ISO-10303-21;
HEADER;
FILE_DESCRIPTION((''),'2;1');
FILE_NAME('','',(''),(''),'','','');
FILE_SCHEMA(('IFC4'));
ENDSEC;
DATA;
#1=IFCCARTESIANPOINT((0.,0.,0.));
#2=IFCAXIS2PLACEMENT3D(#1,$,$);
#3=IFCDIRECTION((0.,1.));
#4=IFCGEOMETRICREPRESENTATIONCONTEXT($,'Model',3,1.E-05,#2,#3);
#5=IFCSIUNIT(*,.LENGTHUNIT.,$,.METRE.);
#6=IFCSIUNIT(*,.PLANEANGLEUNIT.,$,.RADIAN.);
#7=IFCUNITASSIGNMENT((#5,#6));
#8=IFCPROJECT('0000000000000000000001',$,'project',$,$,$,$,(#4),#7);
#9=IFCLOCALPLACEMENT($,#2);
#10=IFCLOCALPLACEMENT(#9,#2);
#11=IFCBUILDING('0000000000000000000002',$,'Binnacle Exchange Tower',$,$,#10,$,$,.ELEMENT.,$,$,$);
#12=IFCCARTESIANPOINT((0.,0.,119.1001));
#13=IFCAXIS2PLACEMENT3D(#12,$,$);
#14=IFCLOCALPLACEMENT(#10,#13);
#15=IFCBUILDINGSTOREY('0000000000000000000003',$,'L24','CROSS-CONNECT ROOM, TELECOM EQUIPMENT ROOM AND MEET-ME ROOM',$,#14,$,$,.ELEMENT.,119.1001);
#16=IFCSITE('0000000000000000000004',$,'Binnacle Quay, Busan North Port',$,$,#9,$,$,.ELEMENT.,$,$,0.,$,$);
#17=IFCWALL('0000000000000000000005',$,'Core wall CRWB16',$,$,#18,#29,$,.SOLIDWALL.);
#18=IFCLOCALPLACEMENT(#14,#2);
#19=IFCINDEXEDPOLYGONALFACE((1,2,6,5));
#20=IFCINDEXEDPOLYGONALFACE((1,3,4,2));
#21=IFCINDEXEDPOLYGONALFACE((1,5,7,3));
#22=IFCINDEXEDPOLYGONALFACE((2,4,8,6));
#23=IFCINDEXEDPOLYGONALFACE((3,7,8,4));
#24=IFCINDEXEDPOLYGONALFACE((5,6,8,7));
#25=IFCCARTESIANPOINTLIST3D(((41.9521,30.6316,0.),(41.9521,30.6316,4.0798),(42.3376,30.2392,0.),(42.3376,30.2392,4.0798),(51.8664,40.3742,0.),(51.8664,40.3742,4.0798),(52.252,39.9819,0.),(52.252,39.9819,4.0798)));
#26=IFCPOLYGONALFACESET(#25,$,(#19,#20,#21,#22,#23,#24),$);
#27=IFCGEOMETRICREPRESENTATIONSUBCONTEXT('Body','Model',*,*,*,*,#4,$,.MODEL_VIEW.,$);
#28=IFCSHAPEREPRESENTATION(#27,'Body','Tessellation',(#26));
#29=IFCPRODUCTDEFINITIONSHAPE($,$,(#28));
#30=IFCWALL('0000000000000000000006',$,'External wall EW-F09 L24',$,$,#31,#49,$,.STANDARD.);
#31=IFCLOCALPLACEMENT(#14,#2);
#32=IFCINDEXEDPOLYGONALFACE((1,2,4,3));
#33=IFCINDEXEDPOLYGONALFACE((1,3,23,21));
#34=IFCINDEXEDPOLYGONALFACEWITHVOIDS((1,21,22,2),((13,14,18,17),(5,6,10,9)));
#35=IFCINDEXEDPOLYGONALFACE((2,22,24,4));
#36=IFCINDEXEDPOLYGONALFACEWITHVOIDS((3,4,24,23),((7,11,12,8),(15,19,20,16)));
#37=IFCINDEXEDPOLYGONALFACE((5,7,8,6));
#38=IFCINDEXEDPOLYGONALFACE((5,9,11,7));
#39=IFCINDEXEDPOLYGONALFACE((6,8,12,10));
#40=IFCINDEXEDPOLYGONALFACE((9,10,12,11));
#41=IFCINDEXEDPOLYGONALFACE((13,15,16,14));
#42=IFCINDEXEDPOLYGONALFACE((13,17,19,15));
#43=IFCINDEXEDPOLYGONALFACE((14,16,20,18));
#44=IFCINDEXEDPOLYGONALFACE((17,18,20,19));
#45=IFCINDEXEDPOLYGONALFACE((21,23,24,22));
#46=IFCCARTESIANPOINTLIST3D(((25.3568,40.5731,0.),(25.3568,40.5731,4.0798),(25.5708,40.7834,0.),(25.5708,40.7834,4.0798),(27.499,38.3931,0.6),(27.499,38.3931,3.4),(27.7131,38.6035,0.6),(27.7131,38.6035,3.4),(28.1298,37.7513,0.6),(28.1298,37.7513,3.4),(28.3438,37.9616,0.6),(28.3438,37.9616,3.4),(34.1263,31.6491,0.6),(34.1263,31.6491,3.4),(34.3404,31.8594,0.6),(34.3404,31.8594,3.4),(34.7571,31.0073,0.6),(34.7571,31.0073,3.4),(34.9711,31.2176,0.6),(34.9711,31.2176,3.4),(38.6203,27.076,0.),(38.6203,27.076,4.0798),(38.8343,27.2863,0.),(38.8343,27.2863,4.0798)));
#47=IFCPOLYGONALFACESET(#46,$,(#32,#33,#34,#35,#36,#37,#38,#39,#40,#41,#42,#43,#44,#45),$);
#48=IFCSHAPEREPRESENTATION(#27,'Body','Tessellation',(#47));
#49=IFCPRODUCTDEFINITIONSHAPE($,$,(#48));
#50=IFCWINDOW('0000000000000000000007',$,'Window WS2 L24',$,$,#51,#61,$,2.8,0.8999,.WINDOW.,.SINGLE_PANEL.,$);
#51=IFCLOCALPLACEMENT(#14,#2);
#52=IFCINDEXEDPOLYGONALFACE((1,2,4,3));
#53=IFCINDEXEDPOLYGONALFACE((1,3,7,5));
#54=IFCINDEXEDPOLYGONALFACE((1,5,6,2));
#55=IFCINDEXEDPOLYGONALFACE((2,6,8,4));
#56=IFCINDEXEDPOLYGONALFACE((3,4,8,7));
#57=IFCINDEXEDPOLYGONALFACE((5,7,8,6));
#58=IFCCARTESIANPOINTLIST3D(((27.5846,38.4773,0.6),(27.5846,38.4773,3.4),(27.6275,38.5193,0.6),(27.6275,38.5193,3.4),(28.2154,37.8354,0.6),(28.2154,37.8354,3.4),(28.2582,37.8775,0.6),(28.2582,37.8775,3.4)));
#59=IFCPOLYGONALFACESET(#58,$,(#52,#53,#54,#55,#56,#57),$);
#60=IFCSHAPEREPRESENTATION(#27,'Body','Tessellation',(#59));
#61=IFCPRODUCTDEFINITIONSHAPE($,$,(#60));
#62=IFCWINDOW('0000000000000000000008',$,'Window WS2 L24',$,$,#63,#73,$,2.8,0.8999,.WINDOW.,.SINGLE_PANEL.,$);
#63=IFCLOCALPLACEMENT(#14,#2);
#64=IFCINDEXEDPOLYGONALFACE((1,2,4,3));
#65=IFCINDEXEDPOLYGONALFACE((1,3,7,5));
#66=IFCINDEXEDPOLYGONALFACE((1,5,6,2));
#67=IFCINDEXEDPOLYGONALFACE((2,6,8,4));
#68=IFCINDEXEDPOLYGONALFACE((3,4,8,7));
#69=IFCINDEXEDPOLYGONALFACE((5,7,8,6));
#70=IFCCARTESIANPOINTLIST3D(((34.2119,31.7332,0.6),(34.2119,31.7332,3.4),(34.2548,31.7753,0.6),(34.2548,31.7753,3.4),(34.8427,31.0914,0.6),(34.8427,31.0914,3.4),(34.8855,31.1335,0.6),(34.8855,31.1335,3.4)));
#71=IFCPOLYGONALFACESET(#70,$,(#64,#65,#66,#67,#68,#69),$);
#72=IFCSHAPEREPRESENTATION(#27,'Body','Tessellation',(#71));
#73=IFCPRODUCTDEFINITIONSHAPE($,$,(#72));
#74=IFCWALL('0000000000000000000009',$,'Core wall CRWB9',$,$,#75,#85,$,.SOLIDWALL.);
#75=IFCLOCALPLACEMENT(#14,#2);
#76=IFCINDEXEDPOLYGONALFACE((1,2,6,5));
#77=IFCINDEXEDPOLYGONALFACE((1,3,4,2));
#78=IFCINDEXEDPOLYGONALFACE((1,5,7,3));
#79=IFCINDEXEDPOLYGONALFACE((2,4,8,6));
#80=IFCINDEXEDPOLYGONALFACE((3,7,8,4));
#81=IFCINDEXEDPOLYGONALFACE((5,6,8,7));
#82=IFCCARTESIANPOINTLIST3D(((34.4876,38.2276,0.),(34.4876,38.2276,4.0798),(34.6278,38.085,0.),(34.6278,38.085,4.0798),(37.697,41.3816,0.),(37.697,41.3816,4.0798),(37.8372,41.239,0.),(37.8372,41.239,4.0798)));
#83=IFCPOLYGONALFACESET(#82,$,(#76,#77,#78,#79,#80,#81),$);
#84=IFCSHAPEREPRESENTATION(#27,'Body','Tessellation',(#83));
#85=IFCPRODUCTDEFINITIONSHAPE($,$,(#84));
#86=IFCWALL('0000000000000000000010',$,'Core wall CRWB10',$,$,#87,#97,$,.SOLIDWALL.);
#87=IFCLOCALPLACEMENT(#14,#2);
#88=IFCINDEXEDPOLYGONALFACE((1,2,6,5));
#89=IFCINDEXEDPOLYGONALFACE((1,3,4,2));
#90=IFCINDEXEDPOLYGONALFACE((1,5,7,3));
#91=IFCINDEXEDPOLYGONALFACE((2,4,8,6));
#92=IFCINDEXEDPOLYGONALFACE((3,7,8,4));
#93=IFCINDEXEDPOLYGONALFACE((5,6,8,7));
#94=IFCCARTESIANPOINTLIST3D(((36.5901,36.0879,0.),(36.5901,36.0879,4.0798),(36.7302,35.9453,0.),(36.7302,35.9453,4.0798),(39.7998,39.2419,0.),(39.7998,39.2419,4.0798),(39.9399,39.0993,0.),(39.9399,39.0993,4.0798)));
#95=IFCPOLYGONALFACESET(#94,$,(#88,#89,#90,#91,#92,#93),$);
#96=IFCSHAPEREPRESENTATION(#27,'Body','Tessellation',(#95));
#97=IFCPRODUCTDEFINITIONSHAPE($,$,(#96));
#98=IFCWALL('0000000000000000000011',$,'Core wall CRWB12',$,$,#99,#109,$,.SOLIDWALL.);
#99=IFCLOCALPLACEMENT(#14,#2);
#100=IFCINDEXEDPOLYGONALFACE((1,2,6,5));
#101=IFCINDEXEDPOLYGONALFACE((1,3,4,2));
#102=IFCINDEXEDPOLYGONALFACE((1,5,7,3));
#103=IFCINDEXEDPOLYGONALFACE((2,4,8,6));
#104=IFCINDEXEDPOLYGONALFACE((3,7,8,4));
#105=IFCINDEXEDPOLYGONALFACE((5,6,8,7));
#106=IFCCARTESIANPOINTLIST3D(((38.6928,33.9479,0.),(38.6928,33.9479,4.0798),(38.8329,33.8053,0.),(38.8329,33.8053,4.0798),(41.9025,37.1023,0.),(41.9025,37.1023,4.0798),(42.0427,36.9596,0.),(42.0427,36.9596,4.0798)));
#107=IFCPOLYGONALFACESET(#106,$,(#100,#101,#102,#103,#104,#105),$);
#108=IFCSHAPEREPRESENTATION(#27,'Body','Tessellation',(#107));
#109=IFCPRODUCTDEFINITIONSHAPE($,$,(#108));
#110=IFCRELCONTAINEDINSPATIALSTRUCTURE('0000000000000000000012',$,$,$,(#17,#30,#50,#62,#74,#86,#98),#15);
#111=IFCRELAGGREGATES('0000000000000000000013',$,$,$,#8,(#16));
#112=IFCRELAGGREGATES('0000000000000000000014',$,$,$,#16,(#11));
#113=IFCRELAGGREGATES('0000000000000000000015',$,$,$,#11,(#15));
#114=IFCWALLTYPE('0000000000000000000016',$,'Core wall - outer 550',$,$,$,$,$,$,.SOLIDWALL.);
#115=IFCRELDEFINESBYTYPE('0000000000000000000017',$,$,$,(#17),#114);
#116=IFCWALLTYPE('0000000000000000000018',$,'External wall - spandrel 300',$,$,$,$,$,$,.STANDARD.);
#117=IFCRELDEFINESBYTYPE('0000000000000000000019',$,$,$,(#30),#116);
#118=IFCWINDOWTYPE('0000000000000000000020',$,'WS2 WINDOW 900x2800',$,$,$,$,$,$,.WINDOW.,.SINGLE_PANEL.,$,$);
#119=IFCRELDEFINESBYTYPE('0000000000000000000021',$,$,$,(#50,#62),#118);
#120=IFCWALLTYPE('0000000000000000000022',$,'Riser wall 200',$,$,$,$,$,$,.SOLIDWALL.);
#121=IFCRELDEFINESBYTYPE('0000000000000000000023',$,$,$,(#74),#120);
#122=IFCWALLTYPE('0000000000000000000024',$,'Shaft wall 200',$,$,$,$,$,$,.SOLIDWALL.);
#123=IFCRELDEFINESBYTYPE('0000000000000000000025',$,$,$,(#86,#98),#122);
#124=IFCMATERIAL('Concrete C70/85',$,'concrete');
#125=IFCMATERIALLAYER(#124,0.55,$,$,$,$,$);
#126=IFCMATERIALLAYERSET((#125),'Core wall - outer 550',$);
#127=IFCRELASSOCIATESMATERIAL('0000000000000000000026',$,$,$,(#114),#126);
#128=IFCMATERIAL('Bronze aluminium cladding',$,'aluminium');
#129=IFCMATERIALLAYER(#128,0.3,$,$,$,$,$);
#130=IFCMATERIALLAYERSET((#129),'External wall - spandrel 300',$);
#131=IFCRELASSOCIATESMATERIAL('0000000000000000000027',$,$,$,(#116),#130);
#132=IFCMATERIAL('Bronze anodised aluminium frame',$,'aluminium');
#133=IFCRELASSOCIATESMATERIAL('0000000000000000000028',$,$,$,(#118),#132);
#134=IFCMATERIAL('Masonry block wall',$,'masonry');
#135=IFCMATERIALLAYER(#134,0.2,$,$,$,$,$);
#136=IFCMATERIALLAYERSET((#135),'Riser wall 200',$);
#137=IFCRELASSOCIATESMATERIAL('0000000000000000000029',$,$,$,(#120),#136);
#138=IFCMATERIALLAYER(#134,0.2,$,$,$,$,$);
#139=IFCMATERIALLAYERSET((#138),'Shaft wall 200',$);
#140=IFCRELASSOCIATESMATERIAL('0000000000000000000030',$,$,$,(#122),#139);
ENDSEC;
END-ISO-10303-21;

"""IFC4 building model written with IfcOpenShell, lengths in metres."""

from ifc_helpers import new_model, si_unit, direction, frame, frame_2d, origin, place, context, subcontext, project, spatial, rectangle, extrude, material, layer, layer_set, type_object, element, fill, save


model = new_model("IFC4")

# Units and contexts
model_context = context("Model", 3, precision=1e-05, world=origin(), true_north=direction((0.0, 1.0)))
body_context = subcontext(model_context, "Body", "Model", "MODEL_VIEW")
ifc_project = project(units=[si_unit("LENGTHUNIT", "METRE"), si_unit("PLANEANGLEUNIT", "RADIAN")], contexts=[model_context])

# Site, building, storey
site_placement = place(None, origin())
site = spatial("IfcSite", under=ifc_project, at=site_placement, Name="Binnacle Quay, Busan North Port", CompositionType="ELEMENT", RefElevation=0.0)
building_placement = place(site_placement, origin())
building = spatial("IfcBuilding", under=site, at=building_placement, Name="Binnacle Exchange Tower", CompositionType="ELEMENT")
storey_placement = place(building_placement, frame((0.0, 0.0, 119.1001)))
storey = spatial("IfcBuildingStorey", under=building, at=storey_placement, Name="L24", Description="CROSS-CONNECT ROOM, TELECOM EQUIPMENT ROOM AND MEET-ME ROOM", CompositionType="ELEMENT", Elevation=119.1001)

# Shared definitions
ifc_material_1 = material(Name="Concrete C70/85", Category="concrete")

# Shared definitions
ifc_layer_1 = layer(ifc_material_1, 0.55)
ifc_layer_set_1 = layer_set([ifc_layer_1], Name="Core wall - outer 550")
wall_type_1 = type_object("IfcWallType", Name="Core wall - outer 550", PredefinedType="SOLIDWALL", material=ifc_layer_set_1)

# Wall
for number, where, z_axis, x_axis, name in (
    (1, (42.1448, 30.4353, 0.0), (0.0, 0.0, 1.0), (0.713254, 0.700906, 0.0), "Core wall CRWB16"),
):
    element("IfcWall", number, at=place(storey_placement, frame(where, z_axis=z_axis, x_axis=x_axis)), inside=storey, type_object=wall_type_1, Name=name, PredefinedType="SOLIDWALL", context=body_context, shape_type="SweptSolid", body=[
        extrude(rectangle(XDim=13.9001, YDim=0.55, at=frame_2d((6.9502, 0.0))), origin(), (0.0, 0.0, 1.0), 4.0798),
    ])

# Wall, openings, windows
ifc_material_2 = material(Name="Bronze aluminium cladding", Category="aluminium")
ifc_layer_2 = layer(ifc_material_2, 0.3)
ifc_layer_set_2 = layer_set([ifc_layer_2], Name="External wall - spandrel 300")
wall_type_2 = type_object("IfcWallType", Name="External wall - spandrel 300", PredefinedType="STANDARD", material=ifc_layer_set_2)
wall_1_placement = place(storey_placement, frame((38.7273, 27.1812, 0.0), z_axis=(0.0, 0.0, 1.0), x_axis=(-0.700906, 0.713253, 0.0)))
wall_1 = element("IfcWall", 2, at=wall_1_placement, inside=storey, type_object=wall_type_2, Name="External wall EW-F09 L24", PredefinedType="STANDARD", context=body_context, shape_type="SweptSolid", body=[
    extrude(rectangle(XDim=18.9233, YDim=0.3, at=frame_2d((9.4617, 0.0))), origin(), (0.0, 0.0, 1.0), 4.0798),
])
opening_1_placement = place(wall_1_placement, frame((14.967, 0.0, 0.6001)))
opening_1 = element("IfcOpeningElement", 3, at=opening_1_placement, cuts=wall_1, PredefinedType="OPENING", context=body_context, shape_type="SweptSolid", body=[
    extrude(rectangle(XDim=0.8999, YDim=2.8, at=frame_2d((0.45, 1.3999))), frame((0.0, 0.1599, 0.0), z_axis=(0.0, -1.0, 0.0), x_axis=(1.0, 0.0, 0.0)), (0.0, 0.0, 1.0), 0.3201),
])
opening_2_placement = place(wall_1_placement, frame((5.5117, 0.0, 0.6001)))
opening_2 = element("IfcOpeningElement", 4, at=opening_2_placement, cuts=wall_1, PredefinedType="OPENING", context=body_context, shape_type="SweptSolid", body=[
    extrude(rectangle(XDim=0.8999, YDim=2.8, at=frame_2d((0.45, 1.3999))), frame((0.0, 0.1599, 0.0), z_axis=(0.0, -1.0, 0.0), x_axis=(1.0, 0.0, 0.0)), (0.0, 0.0, 1.0), 0.3201),
])
ifc_material_3 = material(Name="Bronze anodised aluminium frame", Category="aluminium")
window_type = type_object("IfcWindowType", Name="WS2 WINDOW 900x2800", PartitioningType="SINGLE_PANEL", PredefinedType="WINDOW", material=ifc_material_3)
window_1_placement = place(opening_1_placement, origin())
window_1 = element("IfcWindow", 5, at=window_1_placement, inside=storey, type_object=window_type, Name="Window WS2 L24", OverallHeight=2.8, OverallWidth=0.8999, PartitioningType="SINGLE_PANEL", PredefinedType="WINDOW", context=body_context, shape_type="SweptSolid", body=[
    extrude(rectangle(XDim=0.8999, YDim=2.8, at=frame_2d((0.45, 1.3999))), frame((0.0, 0.03, 0.0), z_axis=(0.0, -1.0, 0.0), x_axis=(1.0, 0.0, 0.0)), (0.0, 0.0, 1.0), 0.0601),
])
fill(opening_1, window_1)
window_2_placement = place(opening_2_placement, origin())
window_2 = element("IfcWindow", 6, at=window_2_placement, inside=storey, type_object=window_type, Name="Window WS2 L24", OverallHeight=2.8, OverallWidth=0.8999, PartitioningType="SINGLE_PANEL", PredefinedType="WINDOW", context=body_context, shape_type="SweptSolid", body=[
    extrude(rectangle(XDim=0.8999, YDim=2.8, at=frame_2d((0.45, 1.3999))), frame((0.0, 0.03, 0.0), z_axis=(0.0, -1.0, 0.0), x_axis=(1.0, 0.0, 0.0)), (0.0, 0.0, 1.0), 0.0601),
])
fill(opening_2, window_2)

# Walls
ifc_material_4 = material(Name="Masonry block wall", Category="masonry")
ifc_layer_3 = layer(ifc_material_4, 0.2)
ifc_layer_set_3 = layer_set([ifc_layer_3], Name="Riser wall 200")
wall_type_3 = type_object("IfcWallType", Name="Riser wall 200", PredefinedType="SOLIDWALL", material=ifc_layer_set_3)
wall_2_placement = place(storey_placement, frame((34.5576, 38.1562, 0.0), z_axis=(0.0, 0.0, 1.0), x_axis=(0.713238, 0.700922, 0.0)))
element("IfcWall", 7, at=wall_2_placement, inside=storey, type_object=wall_type_3, Name="Core wall CRWB9", PredefinedType="SOLIDWALL", context=body_context, shape_type="SweptSolid", body=[
    extrude(rectangle(XDim=4.4998, YDim=0.2, at=frame_2d((2.25, 0.0))), origin(), (0.0, 0.0, 1.0), 4.0798),
])
ifc_layer_4 = layer(ifc_material_4, 0.2)
ifc_layer_set_4 = layer_set([ifc_layer_4], Name="Shaft wall 200")
wall_type_4 = type_object("IfcWallType", Name="Shaft wall 200", PredefinedType="SOLIDWALL", material=ifc_layer_set_4)
wall_3_placement = place(storey_placement, frame((36.6602, 36.0166, 0.0), z_axis=(0.0, 0.0, 1.0), x_axis=(0.713265, 0.700895, 0.0)))
element("IfcWall", 8, at=wall_3_placement, inside=storey, type_object=wall_type_4, Name="Core wall CRWB10", PredefinedType="SOLIDWALL", context=body_context, shape_type="SweptSolid", body=[
    extrude(rectangle(XDim=4.5, YDim=0.2, at=frame_2d((2.25, 0.0))), origin(), (0.0, 0.0, 1.0), 4.0798),
])
wall_4_placement = place(storey_placement, frame((38.7629, 33.8767, 0.0), z_axis=(0.0, 0.0, 1.0), x_axis=(0.713237, 0.700922, 0.0)))
element("IfcWall", 9, at=wall_4_placement, inside=storey, type_object=wall_type_4, Name="Core wall CRWB12", PredefinedType="SOLIDWALL", context=body_context, shape_type="SweptSolid", body=[
    extrude(rectangle(XDim=4.5002, YDim=0.2, at=frame_2d((2.25, 0.0))), origin(), (0.0, 0.0, 1.0), 4.0798),
])

save(model, "model.ifc")
